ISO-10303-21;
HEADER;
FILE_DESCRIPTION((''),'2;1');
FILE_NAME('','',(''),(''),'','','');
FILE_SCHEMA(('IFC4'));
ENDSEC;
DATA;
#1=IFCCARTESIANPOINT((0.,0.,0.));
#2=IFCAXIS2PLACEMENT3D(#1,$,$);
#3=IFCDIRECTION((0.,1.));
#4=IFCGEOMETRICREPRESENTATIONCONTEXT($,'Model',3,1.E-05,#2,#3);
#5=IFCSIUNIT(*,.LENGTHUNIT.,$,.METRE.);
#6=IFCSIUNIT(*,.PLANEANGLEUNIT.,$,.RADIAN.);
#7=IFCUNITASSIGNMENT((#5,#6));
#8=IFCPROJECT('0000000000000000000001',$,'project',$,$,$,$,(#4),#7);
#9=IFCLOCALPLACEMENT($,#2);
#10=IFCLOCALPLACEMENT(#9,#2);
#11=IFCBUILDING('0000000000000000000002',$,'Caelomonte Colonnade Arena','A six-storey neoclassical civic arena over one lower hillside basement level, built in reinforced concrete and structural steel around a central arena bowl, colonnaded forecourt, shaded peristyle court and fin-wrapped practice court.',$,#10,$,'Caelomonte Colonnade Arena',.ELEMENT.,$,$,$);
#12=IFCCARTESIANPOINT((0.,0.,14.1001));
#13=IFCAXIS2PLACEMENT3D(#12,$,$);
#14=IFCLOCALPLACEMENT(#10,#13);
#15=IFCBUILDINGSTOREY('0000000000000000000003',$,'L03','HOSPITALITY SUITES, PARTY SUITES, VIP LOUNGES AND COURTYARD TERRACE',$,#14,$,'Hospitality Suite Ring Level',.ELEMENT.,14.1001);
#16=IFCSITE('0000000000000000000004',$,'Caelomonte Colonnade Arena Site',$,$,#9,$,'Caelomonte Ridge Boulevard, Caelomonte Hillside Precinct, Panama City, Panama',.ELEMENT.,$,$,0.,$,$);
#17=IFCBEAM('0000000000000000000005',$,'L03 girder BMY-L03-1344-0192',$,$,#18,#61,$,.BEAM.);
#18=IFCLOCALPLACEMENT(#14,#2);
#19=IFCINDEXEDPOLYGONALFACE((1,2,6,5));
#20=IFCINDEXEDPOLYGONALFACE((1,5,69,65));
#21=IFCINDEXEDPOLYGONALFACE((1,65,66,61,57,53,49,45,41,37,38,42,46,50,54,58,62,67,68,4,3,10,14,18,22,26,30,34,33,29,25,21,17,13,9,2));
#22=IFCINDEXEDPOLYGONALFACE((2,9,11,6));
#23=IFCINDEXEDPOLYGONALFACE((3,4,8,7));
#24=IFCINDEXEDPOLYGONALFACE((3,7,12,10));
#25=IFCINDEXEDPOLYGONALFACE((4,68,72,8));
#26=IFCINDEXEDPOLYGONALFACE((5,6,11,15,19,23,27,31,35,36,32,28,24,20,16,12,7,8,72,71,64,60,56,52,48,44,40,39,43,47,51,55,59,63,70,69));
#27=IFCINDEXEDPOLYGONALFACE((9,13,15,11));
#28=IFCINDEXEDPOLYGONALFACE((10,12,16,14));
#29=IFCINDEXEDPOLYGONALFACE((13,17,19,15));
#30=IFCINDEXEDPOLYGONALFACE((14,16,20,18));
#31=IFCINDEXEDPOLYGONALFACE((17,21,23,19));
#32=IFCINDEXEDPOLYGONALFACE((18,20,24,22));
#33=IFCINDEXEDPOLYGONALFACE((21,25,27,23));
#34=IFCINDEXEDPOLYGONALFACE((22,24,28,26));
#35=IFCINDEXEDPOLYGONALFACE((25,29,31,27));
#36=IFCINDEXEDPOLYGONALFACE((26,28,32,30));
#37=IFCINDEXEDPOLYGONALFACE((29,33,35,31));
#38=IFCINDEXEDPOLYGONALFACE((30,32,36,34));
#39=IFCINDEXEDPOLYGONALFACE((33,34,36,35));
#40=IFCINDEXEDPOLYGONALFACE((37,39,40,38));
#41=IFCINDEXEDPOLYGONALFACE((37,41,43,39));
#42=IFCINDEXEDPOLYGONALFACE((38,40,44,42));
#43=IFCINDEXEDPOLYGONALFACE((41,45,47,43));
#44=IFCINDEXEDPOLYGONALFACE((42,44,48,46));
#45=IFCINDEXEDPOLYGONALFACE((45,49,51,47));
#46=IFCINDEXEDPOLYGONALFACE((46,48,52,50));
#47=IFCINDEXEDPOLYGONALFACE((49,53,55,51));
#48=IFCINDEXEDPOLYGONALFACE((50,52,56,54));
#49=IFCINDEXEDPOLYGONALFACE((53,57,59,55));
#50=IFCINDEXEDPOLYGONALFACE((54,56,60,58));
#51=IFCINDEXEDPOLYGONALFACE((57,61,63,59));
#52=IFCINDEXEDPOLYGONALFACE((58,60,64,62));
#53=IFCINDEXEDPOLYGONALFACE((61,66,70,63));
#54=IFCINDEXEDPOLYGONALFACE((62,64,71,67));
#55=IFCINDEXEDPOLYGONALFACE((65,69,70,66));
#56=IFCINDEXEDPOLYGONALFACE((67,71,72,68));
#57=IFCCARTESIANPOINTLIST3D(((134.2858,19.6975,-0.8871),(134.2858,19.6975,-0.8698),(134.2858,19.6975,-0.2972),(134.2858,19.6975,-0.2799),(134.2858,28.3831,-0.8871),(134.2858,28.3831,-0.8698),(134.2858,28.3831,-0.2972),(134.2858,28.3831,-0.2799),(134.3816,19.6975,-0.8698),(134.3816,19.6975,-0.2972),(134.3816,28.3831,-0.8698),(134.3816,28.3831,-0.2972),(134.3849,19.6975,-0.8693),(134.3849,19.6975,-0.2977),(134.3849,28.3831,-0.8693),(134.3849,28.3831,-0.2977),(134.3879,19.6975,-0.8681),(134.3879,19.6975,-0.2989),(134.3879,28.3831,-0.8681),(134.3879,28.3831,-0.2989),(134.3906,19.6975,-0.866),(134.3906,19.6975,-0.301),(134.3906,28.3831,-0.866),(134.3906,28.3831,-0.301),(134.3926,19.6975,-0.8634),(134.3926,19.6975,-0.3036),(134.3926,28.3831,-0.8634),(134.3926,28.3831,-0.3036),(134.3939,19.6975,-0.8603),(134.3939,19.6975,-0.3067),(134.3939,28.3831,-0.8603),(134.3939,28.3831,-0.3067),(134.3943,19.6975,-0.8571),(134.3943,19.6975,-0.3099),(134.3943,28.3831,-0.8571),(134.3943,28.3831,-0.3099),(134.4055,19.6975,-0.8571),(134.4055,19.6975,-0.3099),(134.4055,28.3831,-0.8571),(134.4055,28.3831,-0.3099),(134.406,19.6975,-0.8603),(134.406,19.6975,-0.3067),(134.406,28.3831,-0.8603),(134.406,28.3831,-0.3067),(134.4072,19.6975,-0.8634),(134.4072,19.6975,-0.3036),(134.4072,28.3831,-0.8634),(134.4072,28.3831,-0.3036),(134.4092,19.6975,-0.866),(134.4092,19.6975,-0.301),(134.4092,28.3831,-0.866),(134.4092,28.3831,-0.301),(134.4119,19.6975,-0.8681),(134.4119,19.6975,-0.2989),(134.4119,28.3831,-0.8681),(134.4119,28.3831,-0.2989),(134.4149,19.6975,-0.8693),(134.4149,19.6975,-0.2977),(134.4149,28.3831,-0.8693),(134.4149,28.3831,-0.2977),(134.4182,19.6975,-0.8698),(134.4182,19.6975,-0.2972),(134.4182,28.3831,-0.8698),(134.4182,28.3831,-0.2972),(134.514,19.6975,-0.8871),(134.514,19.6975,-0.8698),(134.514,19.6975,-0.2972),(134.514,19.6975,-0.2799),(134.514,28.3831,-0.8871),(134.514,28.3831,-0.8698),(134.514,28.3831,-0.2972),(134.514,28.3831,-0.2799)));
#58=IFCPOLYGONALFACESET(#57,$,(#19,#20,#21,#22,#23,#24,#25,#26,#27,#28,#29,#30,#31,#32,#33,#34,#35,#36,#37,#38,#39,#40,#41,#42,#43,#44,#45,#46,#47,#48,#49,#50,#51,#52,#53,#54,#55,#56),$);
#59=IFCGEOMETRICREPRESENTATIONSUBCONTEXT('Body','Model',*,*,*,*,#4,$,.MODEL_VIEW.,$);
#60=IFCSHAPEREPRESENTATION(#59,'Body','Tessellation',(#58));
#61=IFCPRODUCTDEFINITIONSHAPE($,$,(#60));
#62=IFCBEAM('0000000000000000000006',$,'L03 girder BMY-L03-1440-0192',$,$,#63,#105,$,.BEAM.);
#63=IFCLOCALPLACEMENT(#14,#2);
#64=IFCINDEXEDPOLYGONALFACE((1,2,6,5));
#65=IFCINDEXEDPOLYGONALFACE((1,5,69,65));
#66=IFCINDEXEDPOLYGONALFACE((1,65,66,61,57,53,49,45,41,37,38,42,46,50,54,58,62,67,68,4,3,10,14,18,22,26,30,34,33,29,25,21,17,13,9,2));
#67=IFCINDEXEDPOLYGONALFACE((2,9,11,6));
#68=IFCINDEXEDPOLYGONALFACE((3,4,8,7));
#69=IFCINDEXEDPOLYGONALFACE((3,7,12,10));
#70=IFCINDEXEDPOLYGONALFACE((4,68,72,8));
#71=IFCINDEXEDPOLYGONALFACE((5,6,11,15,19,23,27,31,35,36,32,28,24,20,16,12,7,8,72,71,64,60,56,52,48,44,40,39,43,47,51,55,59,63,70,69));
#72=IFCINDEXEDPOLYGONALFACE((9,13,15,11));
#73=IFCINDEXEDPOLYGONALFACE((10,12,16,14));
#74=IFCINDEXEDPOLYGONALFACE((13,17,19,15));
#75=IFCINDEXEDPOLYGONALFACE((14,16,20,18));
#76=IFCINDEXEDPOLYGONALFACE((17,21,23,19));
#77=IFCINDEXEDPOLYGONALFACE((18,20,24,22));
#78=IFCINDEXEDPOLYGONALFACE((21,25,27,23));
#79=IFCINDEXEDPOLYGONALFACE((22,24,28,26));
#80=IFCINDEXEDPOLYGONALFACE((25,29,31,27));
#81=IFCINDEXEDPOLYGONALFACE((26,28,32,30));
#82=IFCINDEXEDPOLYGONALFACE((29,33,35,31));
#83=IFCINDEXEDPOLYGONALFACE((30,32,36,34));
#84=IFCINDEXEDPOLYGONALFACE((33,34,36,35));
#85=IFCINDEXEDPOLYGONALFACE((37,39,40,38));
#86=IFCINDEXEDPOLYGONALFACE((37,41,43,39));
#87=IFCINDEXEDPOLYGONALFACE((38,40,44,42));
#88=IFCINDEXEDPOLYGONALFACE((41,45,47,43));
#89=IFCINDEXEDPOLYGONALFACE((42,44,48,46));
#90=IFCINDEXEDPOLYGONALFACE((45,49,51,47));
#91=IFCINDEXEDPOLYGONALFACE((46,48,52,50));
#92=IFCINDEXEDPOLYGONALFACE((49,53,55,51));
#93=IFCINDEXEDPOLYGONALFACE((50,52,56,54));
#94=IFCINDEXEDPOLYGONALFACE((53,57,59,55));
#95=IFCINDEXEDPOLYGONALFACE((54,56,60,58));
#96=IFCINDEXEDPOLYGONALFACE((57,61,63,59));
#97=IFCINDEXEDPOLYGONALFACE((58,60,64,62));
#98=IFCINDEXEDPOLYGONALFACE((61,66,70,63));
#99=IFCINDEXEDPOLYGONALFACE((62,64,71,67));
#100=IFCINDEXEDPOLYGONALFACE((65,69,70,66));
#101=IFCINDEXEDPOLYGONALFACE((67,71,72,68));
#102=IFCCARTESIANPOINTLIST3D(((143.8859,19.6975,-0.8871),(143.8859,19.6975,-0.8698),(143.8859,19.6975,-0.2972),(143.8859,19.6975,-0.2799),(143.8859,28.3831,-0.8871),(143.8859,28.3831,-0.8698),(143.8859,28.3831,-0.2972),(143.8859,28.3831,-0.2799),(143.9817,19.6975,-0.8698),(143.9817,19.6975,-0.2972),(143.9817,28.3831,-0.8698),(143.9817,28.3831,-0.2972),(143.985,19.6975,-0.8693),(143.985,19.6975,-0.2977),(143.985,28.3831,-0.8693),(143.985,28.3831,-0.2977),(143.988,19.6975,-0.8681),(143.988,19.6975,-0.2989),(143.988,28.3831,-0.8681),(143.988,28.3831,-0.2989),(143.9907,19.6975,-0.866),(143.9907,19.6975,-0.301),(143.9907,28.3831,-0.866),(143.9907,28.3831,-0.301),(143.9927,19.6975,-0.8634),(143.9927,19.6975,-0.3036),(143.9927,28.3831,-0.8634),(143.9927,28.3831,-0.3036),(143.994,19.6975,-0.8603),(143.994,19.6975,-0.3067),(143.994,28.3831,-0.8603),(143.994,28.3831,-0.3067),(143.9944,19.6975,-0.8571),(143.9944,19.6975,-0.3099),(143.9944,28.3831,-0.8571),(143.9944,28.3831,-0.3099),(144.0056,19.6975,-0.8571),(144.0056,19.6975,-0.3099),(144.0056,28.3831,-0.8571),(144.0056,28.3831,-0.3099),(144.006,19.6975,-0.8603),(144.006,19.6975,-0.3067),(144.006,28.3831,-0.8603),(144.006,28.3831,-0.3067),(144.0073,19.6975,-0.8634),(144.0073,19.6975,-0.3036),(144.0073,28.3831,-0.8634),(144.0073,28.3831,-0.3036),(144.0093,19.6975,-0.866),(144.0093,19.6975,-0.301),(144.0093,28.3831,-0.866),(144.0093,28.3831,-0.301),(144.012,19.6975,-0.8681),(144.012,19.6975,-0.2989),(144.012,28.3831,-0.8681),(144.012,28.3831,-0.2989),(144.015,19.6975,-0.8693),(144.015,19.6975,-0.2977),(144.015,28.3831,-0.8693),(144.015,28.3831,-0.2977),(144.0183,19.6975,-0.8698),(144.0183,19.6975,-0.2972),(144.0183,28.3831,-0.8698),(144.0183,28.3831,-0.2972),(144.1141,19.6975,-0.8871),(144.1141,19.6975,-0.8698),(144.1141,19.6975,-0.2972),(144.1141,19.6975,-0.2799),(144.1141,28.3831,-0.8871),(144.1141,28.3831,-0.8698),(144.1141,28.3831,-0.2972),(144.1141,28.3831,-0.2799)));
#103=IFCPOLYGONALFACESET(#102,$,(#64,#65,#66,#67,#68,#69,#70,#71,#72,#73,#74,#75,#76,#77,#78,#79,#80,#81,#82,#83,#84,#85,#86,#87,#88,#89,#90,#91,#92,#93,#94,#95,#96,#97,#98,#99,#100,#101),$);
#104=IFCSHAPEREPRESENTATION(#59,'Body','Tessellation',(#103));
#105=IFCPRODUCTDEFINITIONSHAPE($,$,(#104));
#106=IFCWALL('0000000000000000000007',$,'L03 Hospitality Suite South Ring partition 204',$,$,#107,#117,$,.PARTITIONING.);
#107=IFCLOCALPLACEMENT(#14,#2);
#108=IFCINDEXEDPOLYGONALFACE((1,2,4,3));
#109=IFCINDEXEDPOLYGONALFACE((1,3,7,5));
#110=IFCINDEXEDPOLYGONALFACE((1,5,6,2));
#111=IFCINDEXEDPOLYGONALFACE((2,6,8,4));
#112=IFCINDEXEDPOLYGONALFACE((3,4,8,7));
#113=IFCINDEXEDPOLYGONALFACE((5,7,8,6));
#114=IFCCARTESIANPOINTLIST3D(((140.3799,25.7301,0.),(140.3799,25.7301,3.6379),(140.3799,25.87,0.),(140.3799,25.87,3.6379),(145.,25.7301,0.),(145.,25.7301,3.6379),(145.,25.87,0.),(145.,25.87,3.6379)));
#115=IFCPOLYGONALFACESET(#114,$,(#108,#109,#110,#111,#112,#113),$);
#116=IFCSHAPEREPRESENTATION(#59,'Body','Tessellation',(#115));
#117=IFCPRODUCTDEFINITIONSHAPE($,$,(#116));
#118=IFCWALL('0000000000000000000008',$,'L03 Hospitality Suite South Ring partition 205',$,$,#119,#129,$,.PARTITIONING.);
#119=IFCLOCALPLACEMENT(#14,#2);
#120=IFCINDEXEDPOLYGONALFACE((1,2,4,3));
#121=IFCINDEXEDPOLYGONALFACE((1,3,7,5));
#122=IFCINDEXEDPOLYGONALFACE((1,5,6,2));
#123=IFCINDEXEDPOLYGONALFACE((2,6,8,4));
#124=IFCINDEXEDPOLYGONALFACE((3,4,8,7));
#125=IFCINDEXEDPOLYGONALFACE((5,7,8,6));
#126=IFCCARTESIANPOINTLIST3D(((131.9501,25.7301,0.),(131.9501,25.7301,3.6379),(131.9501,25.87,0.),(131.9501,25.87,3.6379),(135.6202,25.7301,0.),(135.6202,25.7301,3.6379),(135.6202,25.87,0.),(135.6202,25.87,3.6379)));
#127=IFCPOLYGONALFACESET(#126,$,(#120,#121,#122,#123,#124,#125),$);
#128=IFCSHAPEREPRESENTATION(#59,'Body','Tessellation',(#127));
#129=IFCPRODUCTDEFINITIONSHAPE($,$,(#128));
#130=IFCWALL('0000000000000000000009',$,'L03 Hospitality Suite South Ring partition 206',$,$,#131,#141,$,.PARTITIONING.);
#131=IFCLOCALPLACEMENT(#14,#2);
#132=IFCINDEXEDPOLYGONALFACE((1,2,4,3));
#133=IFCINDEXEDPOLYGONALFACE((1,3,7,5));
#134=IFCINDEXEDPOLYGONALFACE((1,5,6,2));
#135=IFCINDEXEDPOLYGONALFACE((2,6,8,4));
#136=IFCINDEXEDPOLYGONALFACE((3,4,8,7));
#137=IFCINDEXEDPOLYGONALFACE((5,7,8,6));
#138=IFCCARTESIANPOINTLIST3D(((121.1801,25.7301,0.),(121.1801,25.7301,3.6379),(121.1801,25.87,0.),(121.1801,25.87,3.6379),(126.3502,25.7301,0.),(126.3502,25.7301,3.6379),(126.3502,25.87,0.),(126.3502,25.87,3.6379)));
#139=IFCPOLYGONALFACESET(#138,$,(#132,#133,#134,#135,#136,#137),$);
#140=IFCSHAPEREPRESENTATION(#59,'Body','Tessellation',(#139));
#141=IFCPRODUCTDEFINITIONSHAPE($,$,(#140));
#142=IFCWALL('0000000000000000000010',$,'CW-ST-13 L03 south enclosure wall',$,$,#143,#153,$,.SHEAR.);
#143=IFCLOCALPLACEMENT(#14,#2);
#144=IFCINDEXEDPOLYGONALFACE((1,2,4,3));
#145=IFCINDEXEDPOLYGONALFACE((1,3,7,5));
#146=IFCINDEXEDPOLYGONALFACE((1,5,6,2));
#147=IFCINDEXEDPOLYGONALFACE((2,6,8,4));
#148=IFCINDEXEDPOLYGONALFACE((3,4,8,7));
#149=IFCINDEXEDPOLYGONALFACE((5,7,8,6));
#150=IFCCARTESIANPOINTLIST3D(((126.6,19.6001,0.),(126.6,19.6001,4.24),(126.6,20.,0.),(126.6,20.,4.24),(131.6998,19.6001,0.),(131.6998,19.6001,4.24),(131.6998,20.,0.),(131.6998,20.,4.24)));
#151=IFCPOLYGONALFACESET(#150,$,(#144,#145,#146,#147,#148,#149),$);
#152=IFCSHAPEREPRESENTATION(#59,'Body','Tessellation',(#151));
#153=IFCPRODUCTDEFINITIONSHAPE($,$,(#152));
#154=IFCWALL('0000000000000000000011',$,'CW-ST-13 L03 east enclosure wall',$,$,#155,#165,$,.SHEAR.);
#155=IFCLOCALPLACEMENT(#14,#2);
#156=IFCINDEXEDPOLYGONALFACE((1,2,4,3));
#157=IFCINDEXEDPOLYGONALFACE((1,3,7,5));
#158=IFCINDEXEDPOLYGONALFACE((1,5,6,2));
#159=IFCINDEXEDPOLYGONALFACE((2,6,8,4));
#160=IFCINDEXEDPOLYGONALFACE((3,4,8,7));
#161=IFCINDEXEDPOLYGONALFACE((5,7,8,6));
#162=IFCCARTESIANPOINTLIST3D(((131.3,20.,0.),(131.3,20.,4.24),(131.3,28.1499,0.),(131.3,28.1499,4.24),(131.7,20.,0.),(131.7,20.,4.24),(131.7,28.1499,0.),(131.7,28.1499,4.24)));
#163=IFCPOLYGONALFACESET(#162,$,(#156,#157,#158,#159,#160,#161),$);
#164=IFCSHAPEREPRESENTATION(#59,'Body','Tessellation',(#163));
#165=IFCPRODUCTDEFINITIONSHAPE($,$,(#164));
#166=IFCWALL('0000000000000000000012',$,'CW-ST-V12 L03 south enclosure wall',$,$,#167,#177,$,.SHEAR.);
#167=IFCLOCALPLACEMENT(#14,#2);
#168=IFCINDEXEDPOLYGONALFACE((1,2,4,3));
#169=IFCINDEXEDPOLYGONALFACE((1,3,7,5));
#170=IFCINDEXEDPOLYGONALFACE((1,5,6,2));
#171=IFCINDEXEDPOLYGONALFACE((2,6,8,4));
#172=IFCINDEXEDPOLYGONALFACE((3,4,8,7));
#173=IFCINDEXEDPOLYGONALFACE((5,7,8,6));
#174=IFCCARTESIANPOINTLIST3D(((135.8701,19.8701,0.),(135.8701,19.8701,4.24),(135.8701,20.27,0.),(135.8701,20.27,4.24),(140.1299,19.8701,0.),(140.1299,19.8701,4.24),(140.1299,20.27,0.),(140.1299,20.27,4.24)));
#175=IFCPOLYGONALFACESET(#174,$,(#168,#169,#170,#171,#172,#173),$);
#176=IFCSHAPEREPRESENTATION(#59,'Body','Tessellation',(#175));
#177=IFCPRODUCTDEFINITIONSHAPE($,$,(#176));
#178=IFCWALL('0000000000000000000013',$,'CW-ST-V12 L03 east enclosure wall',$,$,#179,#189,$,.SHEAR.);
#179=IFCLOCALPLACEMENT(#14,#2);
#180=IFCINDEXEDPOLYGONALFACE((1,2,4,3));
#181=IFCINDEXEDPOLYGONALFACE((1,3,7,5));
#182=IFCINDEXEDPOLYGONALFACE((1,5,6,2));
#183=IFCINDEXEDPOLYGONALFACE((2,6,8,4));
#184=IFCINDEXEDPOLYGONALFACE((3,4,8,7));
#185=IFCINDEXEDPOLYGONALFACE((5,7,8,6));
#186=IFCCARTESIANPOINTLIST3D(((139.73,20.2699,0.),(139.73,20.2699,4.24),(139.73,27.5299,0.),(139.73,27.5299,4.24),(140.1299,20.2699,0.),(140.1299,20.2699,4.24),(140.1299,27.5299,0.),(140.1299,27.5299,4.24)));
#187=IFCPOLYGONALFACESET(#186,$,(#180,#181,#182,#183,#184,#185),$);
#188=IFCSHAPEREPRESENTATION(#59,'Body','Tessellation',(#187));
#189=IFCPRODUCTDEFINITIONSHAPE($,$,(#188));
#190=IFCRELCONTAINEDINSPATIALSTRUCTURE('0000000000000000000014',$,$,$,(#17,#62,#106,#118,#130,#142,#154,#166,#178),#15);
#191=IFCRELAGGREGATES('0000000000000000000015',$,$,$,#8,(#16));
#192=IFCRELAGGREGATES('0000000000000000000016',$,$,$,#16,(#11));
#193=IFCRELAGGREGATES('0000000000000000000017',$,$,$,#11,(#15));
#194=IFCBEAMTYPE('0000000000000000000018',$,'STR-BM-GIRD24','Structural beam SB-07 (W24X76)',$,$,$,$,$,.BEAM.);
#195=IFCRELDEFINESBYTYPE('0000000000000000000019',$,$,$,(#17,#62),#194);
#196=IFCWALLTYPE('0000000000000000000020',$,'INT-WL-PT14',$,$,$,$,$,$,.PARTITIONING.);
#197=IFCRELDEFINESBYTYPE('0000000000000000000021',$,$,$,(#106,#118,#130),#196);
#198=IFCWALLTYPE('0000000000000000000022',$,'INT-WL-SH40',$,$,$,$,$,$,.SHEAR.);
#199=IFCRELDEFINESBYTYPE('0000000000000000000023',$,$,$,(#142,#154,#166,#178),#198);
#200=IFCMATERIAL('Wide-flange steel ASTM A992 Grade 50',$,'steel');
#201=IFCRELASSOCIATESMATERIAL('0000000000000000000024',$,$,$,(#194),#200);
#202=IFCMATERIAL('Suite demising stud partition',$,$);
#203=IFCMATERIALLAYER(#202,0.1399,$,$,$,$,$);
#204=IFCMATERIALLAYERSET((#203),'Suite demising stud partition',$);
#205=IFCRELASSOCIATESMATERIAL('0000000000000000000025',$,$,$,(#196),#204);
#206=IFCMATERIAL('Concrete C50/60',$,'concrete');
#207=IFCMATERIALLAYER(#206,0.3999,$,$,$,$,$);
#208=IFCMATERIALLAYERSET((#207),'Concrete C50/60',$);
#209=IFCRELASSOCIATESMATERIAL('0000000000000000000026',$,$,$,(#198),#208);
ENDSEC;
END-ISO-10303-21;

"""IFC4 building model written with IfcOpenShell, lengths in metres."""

from ifc_helpers import new_model, si_unit, direction, frame, frame_2d, origin, origin_2d, place, context, subcontext, project, spatial, rectangle, i_section, extrude, material, layer, layer_set, material_profile, profile_set, type_object, element, save


model = new_model("IFC4")

# Units and contexts
model_context = context("Model", 3, precision=1e-05, world=origin(), true_north=direction((0.0, 1.0)))
body_context = subcontext(model_context, "Body", "Model", "MODEL_VIEW")
ifc_project = project(units=[si_unit("LENGTHUNIT", "METRE"), si_unit("PLANEANGLEUNIT", "RADIAN")], contexts=[model_context])

# Site, building, storey
site_placement = place(None, origin())
site = spatial("IfcSite", under=ifc_project, at=site_placement, Name="Caelomonte Colonnade Arena Site", LongName="Caelomonte Ridge Boulevard, Caelomonte Hillside Precinct, Panama City, Panama", CompositionType="ELEMENT", RefElevation=0.0)
building_placement = place(site_placement, origin())
building = spatial("IfcBuilding", under=site, at=building_placement, Name="Caelomonte Colonnade Arena", Description="A six-storey neoclassical civic arena over one lower hillside basement level, built in reinforced concrete and structural steel around a central arena bowl, colonnaded forecourt, shaded peristyle court and fin-wrapped practice court.", LongName="Caelomonte Colonnade Arena", CompositionType="ELEMENT")
storey_placement = place(building_placement, frame((0.0, 0.0, 14.1001)))
storey = spatial("IfcBuildingStorey", under=building, at=storey_placement, Name="L03", Description="HOSPITALITY SUITES, PARTY SUITES, VIP LOUNGES AND COURTYARD TERRACE", LongName="Hospitality Suite Ring Level", CompositionType="ELEMENT", Elevation=14.1001)

# Beams
ifc_material_1 = material(Name="Wide-flange steel ASTM A992 Grade 50", Category="steel")
ifc_material_profile = material_profile(ifc_material_1, i_section(OverallWidth=0.2283, OverallDepth=0.6072, WebThickness=0.0112, FlangeThickness=0.0173, FilletRadius=0.0127, at=origin_2d()), Name="W24X76")
ifc_profile_set = profile_set([ifc_material_profile], Name="Wide-flange steel ASTM A992 Grade 50")
beam_type = type_object("IfcBeamType", Name="STR-BM-GIRD24", Description="Structural beam SB-07 (W24X76)", PredefinedType="BEAM", material=ifc_profile_set)
for number, where, z_axis, x_axis, name in (
    (1, (134.3999, 19.6975, -0.5835), (0.0, 1.0, 0.0), (-1.0, 0.0, 0.0), "L03 girder BMY-L03-1344-0192"),
    (2, (144.0, 19.6975, -0.5835), (0.0, 1.0, 0.0), (-1.0, 0.0, 0.0), "L03 girder BMY-L03-1440-0192"),
):
    element("IfcBeam", number, at=place(storey_placement, frame(where, z_axis=z_axis, x_axis=x_axis)), inside=storey, type_object=beam_type, Name=name, PredefinedType="BEAM", context=body_context, shape_type="SweptSolid", body=[
        extrude(i_section(OverallWidth=0.2283, OverallDepth=0.6072, WebThickness=0.0112, FlangeThickness=0.0173, FilletRadius=0.0127, at=origin_2d()), origin(), (0.0, 0.0, 1.0), 8.6855),
    ])

# Walls
ifc_material_2 = material(Name="Suite demising stud partition")
ifc_layer_1 = layer(ifc_material_2, 0.1399)
ifc_layer_set_1 = layer_set([ifc_layer_1], Name="Suite demising stud partition")
wall_type_1 = type_object("IfcWallType", Name="INT-WL-PT14", PredefinedType="PARTITIONING", material=ifc_layer_set_1)
wall_1_placement = place(storey_placement, frame((145.0, 25.8, 0.0), z_axis=(0.0, 0.0, 1.0), x_axis=(-1.0, 0.0, 0.0)))
element("IfcWall", 3, at=wall_1_placement, inside=storey, type_object=wall_type_1, Name="L03 Hospitality Suite South Ring partition 204", PredefinedType="PARTITIONING", context=body_context, shape_type="SweptSolid", body=[
    extrude(rectangle(XDim=4.6201, YDim=0.1399, at=frame_2d((2.3101, 0.0))), origin(), (0.0, 0.0, 1.0), 3.6379),
])
wall_2_placement = place(storey_placement, frame((135.6201, 25.8, 0.0), z_axis=(0.0, 0.0, 1.0), x_axis=(-1.0, 0.0, 0.0)))
element("IfcWall", 4, at=wall_2_placement, inside=storey, type_object=wall_type_1, Name="L03 Hospitality Suite South Ring partition 205", PredefinedType="PARTITIONING", context=body_context, shape_type="SweptSolid", body=[
    extrude(rectangle(XDim=3.6702, YDim=0.1399, at=frame_2d((1.835, 0.0))), origin(), (0.0, 0.0, 1.0), 3.6379),
])
wall_3_placement = place(storey_placement, frame((126.3501, 25.8, 0.0), z_axis=(0.0, 0.0, 1.0), x_axis=(-1.0, 0.0, 0.0)))
element("IfcWall", 5, at=wall_3_placement, inside=storey, type_object=wall_type_1, Name="L03 Hospitality Suite South Ring partition 206", PredefinedType="PARTITIONING", context=body_context, shape_type="SweptSolid", body=[
    extrude(rectangle(XDim=5.1702, YDim=0.1399, at=frame_2d((2.585, 0.0))), origin(), (0.0, 0.0, 1.0), 3.6379),
])
ifc_material_3 = material(Name="Concrete C50/60", Category="concrete")
ifc_layer_2 = layer(ifc_material_3, 0.3999)
ifc_layer_set_2 = layer_set([ifc_layer_2], Name="Concrete C50/60")
wall_type_2 = type_object("IfcWallType", Name="INT-WL-SH40", PredefinedType="SHEAR", material=ifc_layer_set_2)
wall_4_placement = place(storey_placement, frame((126.6001, 19.8, 0.0), z_axis=(0.0, 0.0, 1.0), x_axis=(1.0, 0.0, 0.0)))
element("IfcWall", 6, at=wall_4_placement, inside=storey, type_object=wall_type_2, Name="CW-ST-13 L03 south enclosure wall", PredefinedType="SHEAR", context=body_context, shape_type="SweptSolid", body=[
    extrude(rectangle(XDim=5.0999, YDim=0.3999, at=frame_2d((2.5498, 0.0))), origin(), (0.0, 0.0, 1.0), 4.24),
])
wall_5_placement = place(storey_placement, frame((131.5, 20.0, 0.0), z_axis=(0.0, 0.0, 1.0), x_axis=(0.0, 1.0, 0.0)))
element("IfcWall", 7, at=wall_5_placement, inside=storey, type_object=wall_type_2, Name="CW-ST-13 L03 east enclosure wall", PredefinedType="SHEAR", context=body_context, shape_type="SweptSolid", body=[
    extrude(rectangle(XDim=8.1499, YDim=0.3999, at=frame_2d((4.075, 0.0))), origin(), (0.0, 0.0, 1.0), 4.24),
])
wall_6_placement = place(storey_placement, frame((135.8701, 20.0701, 0.0), z_axis=(0.0, 0.0, 1.0), x_axis=(1.0, 0.0, 0.0)))
element("IfcWall", 8, at=wall_6_placement, inside=storey, type_object=wall_type_2, Name="CW-ST-V12 L03 south enclosure wall", PredefinedType="SHEAR", context=body_context, shape_type="SweptSolid", body=[
    extrude(rectangle(XDim=4.2598, YDim=0.3999, at=frame_2d((2.1299, 0.0))), origin(), (0.0, 0.0, 1.0), 4.24),
])
wall_7_placement = place(storey_placement, frame((139.9299, 20.27, 0.0), z_axis=(0.0, 0.0, 1.0), x_axis=(0.0, 1.0, 0.0)))
element("IfcWall", 9, at=wall_7_placement, inside=storey, type_object=wall_type_2, Name="CW-ST-V12 L03 east enclosure wall", PredefinedType="SHEAR", context=body_context, shape_type="SweptSolid", body=[
    extrude(rectangle(XDim=7.26, YDim=0.3999, at=frame_2d((3.6299, 0.0))), origin(), (0.0, 0.0, 1.0), 4.24),
])

save(model, "model.ifc")
